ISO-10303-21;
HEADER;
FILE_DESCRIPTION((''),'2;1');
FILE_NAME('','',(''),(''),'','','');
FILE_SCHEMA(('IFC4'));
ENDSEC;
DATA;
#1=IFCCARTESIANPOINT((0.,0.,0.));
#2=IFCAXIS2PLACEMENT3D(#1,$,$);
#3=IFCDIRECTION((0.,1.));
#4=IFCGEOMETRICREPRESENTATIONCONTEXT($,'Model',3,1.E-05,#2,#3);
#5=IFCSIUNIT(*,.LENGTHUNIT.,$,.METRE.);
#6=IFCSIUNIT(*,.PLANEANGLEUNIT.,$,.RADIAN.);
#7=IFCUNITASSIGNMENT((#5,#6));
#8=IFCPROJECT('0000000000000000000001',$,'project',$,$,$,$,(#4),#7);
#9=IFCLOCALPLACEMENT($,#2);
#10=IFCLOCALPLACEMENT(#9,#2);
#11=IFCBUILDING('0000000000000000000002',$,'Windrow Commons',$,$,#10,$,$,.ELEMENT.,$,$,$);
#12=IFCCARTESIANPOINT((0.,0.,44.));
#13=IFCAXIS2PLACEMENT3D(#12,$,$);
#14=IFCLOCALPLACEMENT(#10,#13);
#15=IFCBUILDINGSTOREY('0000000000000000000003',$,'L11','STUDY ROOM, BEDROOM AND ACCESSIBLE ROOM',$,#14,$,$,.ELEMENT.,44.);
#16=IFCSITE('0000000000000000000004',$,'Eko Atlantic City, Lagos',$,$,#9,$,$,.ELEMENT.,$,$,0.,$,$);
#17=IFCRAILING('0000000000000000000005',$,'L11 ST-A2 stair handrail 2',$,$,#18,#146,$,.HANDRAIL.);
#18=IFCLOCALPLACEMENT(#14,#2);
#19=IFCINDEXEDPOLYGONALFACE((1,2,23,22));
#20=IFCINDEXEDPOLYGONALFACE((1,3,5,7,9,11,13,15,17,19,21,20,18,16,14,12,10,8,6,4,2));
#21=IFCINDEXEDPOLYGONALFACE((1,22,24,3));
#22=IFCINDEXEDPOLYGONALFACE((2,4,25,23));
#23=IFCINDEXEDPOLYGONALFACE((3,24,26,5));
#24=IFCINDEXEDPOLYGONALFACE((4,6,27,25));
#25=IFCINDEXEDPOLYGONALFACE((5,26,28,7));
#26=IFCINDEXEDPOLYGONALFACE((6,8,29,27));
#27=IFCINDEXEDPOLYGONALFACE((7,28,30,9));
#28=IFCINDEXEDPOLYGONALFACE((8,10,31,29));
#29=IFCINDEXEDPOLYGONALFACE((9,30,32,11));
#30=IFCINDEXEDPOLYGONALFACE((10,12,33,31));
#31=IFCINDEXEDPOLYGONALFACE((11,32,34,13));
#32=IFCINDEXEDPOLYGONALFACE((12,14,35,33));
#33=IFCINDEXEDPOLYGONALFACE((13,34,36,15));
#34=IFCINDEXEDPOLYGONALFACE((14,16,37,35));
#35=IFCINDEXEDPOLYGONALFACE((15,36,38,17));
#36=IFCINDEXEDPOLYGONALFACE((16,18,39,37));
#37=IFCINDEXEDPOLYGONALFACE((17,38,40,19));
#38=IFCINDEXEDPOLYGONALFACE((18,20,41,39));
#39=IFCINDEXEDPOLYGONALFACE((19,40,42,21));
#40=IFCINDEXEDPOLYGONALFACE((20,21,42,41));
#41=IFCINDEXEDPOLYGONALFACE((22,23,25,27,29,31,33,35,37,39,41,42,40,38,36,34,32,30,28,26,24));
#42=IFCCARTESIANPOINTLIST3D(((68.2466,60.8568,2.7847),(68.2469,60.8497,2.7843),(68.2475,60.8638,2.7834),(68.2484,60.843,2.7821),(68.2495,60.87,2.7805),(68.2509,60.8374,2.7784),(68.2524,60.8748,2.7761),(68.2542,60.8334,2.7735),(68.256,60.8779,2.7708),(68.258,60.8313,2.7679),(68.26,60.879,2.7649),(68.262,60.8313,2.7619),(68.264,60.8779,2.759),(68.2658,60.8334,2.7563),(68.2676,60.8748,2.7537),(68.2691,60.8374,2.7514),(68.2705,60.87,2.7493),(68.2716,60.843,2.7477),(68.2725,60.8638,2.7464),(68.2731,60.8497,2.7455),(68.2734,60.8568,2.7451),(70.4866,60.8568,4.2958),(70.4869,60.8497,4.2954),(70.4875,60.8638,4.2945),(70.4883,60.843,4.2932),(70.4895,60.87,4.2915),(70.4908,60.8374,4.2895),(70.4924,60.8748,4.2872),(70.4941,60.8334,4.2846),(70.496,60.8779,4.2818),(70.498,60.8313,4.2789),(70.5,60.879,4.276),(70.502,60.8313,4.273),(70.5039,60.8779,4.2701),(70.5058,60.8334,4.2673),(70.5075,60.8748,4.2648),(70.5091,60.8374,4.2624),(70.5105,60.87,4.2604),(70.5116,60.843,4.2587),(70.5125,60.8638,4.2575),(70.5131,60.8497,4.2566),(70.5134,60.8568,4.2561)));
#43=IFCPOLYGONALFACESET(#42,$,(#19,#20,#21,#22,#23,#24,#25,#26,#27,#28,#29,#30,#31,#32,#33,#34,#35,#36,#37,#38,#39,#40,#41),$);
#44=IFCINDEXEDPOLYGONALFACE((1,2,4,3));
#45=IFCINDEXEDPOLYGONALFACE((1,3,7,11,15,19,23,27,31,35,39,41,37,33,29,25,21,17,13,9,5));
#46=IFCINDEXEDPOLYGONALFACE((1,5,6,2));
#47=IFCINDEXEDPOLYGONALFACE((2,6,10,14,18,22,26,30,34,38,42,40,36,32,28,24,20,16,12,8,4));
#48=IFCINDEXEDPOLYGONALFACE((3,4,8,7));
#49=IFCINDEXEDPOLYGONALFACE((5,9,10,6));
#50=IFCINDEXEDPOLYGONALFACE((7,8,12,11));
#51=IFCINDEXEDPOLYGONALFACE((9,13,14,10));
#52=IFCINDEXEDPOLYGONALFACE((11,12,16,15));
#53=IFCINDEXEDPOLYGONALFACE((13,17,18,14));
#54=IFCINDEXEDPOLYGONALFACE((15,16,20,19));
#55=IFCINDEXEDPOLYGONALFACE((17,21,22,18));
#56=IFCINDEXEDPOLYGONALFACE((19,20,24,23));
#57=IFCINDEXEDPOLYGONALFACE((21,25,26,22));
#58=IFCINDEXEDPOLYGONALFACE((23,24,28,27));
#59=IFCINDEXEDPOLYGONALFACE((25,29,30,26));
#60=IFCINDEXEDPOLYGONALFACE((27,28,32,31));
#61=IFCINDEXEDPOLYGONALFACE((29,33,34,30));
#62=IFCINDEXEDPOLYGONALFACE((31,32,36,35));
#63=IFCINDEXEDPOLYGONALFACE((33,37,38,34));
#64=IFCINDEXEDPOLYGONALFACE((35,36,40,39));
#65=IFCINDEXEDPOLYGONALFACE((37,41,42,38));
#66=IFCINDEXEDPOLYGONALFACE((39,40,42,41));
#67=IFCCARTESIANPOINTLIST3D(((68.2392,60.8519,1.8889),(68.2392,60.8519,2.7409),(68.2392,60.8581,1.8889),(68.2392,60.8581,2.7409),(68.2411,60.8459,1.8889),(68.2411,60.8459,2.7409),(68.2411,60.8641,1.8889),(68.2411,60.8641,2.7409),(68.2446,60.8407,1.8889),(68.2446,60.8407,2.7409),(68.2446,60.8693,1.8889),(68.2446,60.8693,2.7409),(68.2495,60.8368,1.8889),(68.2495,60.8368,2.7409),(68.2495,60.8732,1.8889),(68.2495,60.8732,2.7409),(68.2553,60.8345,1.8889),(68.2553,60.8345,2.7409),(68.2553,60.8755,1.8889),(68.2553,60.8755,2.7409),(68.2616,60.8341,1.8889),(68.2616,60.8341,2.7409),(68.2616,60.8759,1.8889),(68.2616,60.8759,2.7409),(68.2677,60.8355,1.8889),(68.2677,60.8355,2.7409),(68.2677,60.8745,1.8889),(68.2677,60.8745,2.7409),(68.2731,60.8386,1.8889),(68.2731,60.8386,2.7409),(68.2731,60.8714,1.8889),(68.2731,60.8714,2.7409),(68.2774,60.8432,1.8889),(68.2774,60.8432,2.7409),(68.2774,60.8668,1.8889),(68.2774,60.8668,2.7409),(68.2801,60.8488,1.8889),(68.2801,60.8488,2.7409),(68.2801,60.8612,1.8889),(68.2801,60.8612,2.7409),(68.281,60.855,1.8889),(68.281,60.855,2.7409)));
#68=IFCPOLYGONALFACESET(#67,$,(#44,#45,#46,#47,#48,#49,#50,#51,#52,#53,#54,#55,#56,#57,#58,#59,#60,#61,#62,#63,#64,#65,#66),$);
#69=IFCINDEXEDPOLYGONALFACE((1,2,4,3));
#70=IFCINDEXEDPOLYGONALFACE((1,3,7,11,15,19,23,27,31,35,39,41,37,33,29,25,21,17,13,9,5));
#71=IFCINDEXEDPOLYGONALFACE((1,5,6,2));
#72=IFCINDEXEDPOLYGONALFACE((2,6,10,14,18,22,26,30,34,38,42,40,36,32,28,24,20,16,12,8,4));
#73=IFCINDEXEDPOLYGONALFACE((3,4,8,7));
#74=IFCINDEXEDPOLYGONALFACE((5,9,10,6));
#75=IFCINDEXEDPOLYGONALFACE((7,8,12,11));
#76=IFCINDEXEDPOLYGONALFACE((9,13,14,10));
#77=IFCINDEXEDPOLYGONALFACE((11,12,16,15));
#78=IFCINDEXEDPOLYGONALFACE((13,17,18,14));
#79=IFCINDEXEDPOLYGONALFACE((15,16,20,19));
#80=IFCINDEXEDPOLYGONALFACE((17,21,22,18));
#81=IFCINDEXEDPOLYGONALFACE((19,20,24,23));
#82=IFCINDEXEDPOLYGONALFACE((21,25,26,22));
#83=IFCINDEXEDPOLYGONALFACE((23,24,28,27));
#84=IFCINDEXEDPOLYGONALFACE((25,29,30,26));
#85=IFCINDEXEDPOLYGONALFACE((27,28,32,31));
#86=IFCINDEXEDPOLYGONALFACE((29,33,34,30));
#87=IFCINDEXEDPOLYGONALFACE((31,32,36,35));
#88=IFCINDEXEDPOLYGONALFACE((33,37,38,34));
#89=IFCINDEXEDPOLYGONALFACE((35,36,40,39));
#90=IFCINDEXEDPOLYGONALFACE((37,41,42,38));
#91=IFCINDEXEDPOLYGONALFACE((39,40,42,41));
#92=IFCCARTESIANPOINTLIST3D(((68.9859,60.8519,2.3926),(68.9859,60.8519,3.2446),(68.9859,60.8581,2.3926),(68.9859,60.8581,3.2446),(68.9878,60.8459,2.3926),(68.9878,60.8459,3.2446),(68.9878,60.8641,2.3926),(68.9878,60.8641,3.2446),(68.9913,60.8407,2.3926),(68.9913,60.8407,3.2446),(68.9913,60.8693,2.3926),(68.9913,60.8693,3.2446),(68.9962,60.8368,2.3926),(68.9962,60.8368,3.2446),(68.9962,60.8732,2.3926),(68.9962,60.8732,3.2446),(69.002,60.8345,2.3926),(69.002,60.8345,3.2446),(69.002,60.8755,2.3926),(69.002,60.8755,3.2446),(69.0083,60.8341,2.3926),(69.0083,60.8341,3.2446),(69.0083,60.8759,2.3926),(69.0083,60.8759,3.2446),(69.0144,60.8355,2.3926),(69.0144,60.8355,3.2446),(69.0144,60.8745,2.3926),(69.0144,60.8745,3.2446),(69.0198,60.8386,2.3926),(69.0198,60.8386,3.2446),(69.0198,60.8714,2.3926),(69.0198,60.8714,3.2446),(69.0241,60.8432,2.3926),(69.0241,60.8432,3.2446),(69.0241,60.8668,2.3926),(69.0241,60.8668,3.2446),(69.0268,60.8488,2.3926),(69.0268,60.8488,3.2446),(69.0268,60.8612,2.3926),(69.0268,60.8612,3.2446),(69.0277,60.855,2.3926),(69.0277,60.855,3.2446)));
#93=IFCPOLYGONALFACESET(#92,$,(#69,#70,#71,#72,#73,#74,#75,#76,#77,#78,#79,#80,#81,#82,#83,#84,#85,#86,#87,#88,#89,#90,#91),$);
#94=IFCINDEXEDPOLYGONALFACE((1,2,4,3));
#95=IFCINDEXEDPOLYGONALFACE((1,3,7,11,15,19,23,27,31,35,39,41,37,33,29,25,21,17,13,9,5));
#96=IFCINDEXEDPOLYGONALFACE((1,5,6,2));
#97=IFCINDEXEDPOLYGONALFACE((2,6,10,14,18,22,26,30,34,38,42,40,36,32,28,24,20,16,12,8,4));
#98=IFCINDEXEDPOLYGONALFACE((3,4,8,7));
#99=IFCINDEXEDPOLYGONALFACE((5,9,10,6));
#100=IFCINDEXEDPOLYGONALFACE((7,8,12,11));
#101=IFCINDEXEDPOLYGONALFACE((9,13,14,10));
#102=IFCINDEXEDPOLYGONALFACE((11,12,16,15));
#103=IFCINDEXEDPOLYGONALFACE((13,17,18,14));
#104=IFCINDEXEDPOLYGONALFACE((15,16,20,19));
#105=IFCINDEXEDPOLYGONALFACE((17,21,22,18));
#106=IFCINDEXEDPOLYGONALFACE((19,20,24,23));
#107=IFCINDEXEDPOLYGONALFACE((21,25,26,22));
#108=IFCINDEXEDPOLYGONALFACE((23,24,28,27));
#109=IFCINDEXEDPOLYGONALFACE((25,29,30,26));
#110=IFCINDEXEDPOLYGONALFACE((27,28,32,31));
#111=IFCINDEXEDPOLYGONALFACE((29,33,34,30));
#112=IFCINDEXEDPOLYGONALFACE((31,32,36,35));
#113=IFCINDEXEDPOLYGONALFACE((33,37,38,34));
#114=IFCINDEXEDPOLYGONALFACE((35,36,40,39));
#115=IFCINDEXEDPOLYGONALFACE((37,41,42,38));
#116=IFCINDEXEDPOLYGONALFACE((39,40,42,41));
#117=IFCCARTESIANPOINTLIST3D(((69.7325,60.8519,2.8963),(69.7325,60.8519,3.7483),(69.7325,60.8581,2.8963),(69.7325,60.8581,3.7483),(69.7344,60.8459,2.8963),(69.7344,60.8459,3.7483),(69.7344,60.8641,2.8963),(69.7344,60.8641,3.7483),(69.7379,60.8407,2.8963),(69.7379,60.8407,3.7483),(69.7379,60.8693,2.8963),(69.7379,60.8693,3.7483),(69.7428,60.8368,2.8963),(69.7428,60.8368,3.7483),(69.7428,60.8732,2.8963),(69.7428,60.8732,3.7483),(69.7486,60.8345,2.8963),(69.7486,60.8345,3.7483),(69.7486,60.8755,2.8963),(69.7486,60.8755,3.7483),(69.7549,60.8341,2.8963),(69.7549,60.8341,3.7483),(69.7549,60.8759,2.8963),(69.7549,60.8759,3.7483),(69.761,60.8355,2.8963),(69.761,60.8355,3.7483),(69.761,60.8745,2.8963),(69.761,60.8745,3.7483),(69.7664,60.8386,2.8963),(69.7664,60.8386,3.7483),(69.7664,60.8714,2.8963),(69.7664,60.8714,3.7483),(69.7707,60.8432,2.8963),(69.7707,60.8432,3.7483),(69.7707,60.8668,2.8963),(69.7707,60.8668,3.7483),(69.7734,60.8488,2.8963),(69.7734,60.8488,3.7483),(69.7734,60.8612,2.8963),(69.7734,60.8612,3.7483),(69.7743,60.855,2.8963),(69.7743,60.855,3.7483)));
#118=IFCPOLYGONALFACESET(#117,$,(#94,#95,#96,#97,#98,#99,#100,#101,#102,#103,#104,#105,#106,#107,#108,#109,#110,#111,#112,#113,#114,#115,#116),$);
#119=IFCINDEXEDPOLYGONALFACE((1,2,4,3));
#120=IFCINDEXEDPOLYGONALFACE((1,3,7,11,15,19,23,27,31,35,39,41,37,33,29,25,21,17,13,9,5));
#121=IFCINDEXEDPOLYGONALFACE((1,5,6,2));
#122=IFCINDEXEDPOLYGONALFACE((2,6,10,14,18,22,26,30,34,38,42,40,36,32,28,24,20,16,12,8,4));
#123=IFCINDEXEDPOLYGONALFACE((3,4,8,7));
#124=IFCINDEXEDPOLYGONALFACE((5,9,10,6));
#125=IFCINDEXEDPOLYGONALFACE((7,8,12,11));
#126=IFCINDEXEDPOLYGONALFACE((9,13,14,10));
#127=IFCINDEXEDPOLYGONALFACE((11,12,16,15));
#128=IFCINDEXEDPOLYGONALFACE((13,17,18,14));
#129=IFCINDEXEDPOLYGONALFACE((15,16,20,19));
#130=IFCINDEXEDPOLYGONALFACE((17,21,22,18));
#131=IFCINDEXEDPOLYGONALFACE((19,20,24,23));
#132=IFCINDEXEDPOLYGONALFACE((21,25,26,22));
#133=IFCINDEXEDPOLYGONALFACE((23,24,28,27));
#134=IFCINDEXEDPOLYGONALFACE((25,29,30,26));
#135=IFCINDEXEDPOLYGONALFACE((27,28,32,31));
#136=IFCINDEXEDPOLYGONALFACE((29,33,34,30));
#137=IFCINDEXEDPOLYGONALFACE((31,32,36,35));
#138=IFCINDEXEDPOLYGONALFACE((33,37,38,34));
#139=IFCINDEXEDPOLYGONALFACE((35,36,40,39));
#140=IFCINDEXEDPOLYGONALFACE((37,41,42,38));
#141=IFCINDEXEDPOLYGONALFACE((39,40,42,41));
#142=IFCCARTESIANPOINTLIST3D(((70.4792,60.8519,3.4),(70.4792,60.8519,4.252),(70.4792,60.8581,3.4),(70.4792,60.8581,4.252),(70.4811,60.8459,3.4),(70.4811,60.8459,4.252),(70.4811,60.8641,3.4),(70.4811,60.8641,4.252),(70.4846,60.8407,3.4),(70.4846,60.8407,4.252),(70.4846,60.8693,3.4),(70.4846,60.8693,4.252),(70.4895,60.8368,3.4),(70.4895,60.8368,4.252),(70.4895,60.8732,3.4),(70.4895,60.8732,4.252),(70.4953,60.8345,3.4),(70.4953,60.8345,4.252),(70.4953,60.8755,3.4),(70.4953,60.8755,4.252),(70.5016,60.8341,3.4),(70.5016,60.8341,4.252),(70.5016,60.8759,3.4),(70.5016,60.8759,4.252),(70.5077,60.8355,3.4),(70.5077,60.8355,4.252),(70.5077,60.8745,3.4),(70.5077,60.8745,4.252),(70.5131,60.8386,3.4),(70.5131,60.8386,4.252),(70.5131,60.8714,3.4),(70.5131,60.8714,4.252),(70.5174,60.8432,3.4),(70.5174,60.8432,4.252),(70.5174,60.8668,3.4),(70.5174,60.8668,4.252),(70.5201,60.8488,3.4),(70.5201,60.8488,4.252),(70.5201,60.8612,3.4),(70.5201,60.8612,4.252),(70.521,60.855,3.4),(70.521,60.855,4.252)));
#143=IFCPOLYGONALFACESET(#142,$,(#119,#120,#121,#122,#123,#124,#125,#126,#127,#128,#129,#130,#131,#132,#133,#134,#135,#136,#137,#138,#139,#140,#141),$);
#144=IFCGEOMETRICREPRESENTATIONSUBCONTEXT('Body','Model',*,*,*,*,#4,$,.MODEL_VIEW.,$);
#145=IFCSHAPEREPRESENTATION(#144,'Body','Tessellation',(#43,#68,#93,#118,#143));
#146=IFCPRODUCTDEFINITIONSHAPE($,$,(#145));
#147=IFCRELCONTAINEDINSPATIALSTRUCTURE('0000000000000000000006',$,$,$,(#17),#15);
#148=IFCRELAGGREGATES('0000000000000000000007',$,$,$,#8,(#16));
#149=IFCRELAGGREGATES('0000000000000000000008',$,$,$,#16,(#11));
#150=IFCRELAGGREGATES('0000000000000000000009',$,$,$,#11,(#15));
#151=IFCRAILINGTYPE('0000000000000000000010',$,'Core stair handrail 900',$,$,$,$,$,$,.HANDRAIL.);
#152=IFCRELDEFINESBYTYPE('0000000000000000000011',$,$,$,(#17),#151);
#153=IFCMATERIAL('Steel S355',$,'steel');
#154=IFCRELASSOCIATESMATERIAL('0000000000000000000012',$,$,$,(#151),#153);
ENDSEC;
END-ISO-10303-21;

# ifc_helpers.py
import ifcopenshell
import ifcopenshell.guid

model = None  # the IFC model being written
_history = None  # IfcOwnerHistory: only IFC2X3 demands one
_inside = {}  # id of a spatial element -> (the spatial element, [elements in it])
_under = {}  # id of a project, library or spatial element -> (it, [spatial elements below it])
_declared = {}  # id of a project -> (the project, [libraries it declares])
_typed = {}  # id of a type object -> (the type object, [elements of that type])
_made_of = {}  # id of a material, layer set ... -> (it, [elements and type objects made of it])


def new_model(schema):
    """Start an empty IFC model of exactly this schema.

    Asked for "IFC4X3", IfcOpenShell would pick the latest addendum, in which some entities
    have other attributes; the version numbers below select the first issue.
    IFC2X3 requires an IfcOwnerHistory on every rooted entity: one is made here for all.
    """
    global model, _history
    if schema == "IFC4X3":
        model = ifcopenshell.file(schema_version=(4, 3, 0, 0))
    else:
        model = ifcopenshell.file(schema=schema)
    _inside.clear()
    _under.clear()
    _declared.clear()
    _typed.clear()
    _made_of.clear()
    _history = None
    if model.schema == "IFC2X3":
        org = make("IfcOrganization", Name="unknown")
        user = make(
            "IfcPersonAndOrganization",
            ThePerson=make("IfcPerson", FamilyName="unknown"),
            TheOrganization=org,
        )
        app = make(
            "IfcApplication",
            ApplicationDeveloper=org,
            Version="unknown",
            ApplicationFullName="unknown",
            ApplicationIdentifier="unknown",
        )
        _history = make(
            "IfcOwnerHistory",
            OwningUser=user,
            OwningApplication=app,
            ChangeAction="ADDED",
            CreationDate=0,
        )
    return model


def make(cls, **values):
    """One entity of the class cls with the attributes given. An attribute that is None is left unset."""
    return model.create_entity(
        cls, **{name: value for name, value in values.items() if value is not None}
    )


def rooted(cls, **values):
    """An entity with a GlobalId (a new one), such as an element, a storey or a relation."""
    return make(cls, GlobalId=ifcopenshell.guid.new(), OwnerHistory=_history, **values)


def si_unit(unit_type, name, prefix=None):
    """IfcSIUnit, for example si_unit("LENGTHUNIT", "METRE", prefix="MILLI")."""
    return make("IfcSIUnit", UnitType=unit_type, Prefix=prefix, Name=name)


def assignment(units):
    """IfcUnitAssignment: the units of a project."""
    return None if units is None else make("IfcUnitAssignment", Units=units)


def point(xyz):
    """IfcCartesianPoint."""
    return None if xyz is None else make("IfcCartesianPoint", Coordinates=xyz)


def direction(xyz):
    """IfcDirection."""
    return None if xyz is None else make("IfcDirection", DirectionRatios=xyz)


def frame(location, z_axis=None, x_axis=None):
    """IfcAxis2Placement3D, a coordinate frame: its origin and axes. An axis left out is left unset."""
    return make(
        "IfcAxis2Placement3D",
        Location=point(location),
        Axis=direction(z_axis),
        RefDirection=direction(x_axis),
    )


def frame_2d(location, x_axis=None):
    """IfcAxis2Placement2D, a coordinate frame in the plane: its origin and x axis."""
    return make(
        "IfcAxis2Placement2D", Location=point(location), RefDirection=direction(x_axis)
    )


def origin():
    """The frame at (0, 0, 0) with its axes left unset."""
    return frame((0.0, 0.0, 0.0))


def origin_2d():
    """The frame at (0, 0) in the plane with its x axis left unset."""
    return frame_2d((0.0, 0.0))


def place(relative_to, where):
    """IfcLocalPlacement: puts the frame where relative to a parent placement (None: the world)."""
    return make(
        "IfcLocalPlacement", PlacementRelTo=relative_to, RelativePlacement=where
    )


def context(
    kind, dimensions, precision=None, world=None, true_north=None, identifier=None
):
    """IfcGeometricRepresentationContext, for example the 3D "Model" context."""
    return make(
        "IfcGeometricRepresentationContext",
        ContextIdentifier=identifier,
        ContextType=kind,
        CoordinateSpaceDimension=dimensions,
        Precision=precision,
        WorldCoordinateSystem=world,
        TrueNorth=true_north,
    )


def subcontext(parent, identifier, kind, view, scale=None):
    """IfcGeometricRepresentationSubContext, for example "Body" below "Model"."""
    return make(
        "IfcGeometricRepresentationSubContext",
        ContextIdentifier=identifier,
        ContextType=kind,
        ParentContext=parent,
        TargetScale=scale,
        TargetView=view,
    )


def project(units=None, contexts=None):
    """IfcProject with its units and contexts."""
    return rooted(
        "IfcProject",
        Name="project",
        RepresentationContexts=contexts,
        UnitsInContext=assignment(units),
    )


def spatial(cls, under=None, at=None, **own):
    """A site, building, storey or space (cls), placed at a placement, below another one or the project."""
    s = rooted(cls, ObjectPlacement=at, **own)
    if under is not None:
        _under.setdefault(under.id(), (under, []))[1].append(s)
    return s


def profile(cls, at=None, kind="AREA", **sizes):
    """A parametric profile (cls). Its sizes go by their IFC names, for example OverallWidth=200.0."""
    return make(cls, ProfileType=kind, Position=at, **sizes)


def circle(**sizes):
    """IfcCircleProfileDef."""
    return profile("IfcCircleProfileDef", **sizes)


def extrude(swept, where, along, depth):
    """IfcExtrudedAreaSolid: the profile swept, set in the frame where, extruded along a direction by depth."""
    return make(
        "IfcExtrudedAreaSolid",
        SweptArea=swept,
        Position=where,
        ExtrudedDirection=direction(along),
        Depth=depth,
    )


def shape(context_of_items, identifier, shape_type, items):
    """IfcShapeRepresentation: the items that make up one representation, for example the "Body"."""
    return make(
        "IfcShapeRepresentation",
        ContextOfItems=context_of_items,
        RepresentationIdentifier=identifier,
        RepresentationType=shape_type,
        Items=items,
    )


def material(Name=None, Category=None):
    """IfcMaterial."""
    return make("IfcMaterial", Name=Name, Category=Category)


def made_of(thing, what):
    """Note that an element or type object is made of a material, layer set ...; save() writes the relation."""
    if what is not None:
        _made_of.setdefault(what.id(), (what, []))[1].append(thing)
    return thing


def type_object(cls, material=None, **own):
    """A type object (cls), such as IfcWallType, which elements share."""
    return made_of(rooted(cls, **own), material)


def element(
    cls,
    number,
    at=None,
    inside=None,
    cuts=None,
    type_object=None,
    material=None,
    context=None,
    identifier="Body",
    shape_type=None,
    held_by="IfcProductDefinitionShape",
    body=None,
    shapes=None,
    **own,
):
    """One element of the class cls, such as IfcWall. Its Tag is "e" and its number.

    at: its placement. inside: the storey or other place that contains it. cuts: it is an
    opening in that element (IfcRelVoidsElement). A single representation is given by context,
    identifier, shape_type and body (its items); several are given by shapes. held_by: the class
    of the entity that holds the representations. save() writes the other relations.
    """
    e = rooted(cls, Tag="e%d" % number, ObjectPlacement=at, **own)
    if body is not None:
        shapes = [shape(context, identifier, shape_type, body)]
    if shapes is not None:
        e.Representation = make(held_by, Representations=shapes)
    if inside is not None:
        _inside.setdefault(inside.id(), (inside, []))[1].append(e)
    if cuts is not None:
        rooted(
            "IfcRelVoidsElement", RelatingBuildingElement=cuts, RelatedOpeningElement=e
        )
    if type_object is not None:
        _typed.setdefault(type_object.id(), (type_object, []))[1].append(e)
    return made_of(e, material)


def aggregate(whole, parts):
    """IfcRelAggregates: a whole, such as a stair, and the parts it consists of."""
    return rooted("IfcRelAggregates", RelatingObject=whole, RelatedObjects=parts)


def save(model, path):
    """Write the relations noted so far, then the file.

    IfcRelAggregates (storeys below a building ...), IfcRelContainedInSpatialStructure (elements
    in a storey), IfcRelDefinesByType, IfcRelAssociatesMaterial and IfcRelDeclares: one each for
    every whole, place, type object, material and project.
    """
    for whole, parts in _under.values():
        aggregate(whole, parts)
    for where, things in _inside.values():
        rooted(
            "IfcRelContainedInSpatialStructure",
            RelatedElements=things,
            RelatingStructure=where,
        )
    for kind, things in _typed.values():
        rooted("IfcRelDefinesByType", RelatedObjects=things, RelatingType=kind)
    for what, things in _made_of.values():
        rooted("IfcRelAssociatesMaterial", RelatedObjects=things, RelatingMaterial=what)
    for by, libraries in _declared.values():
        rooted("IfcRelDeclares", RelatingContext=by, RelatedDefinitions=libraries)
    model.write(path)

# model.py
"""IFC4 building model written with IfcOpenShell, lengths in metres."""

from ifc_helpers import new_model, si_unit, direction, frame, origin, origin_2d, place, context, subcontext, project, spatial, circle, extrude, material, type_object, element, save


model = new_model("IFC4")

# Units and contexts
model_context = context("Model", 3, precision=1e-05, world=origin(), true_north=direction((0.0, 1.0)))
body_context = subcontext(model_context, "Body", "Model", "MODEL_VIEW")
ifc_project = project(units=[si_unit("LENGTHUNIT", "METRE"), si_unit("PLANEANGLEUNIT", "RADIAN")], contexts=[model_context])

# Site, building, storey
site_placement = place(None, origin())
site = spatial("IfcSite", under=ifc_project, at=site_placement, Name="Eko Atlantic City, Lagos", CompositionType="ELEMENT", RefElevation=0.0)
building_placement = place(site_placement, origin())
building = spatial("IfcBuilding", under=site, at=building_placement, Name="Windrow Commons", CompositionType="ELEMENT")
storey_placement = place(building_placement, frame((0.0, 0.0, 44.0)))
storey = spatial("IfcBuildingStorey", under=building, at=storey_placement, Name="L11", Description="STUDY ROOM, BEDROOM AND ACCESSIBLE ROOM", CompositionType="ELEMENT", Elevation=44.0)

# Railing
ifc_material_1 = material(Name="Steel S355", Category="steel")
railing_type_1 = type_object("IfcRailingType", Name="Core stair handrail 900", PredefinedType="HANDRAIL", material=ifc_material_1)
railing_1_placement = place(storey_placement, frame((68.26, 60.855, 1.8889)))
element("IfcRailing", 1, at=railing_1_placement, inside=storey, type_object=railing_type_1, Name="L11 ST-A2 stair handrail 2", PredefinedType="HANDRAIL", context=body_context, shape_type="SweptSolid", body=[
    extrude(circle(Radius=0.024, at=origin_2d()), frame((0.0, 0.0, 0.876), z_axis=(0.829003, 0.0, 0.559244), x_axis=(0.0, 1.0, 0.0)), (0.0, 0.0, 1.0), 2.702),
    extrude(circle(Radius=0.021, at=origin_2d()), origin(), (0.0, 0.0, 1.0), 0.852),
    extrude(circle(Radius=0.021, at=origin_2d()), frame((0.7467, 0.0, 0.5037)), (0.0, 0.0, 1.0), 0.852),
    extrude(circle(Radius=0.021, at=origin_2d()), frame((1.4933, 0.0, 1.0074)), (0.0, 0.0, 1.0), 0.852),
    extrude(circle(Radius=0.021, at=origin_2d()), frame((2.24, 0.0, 1.5111)), (0.0, 0.0, 1.0), 0.852),
])

save(model, "model.ifc")
